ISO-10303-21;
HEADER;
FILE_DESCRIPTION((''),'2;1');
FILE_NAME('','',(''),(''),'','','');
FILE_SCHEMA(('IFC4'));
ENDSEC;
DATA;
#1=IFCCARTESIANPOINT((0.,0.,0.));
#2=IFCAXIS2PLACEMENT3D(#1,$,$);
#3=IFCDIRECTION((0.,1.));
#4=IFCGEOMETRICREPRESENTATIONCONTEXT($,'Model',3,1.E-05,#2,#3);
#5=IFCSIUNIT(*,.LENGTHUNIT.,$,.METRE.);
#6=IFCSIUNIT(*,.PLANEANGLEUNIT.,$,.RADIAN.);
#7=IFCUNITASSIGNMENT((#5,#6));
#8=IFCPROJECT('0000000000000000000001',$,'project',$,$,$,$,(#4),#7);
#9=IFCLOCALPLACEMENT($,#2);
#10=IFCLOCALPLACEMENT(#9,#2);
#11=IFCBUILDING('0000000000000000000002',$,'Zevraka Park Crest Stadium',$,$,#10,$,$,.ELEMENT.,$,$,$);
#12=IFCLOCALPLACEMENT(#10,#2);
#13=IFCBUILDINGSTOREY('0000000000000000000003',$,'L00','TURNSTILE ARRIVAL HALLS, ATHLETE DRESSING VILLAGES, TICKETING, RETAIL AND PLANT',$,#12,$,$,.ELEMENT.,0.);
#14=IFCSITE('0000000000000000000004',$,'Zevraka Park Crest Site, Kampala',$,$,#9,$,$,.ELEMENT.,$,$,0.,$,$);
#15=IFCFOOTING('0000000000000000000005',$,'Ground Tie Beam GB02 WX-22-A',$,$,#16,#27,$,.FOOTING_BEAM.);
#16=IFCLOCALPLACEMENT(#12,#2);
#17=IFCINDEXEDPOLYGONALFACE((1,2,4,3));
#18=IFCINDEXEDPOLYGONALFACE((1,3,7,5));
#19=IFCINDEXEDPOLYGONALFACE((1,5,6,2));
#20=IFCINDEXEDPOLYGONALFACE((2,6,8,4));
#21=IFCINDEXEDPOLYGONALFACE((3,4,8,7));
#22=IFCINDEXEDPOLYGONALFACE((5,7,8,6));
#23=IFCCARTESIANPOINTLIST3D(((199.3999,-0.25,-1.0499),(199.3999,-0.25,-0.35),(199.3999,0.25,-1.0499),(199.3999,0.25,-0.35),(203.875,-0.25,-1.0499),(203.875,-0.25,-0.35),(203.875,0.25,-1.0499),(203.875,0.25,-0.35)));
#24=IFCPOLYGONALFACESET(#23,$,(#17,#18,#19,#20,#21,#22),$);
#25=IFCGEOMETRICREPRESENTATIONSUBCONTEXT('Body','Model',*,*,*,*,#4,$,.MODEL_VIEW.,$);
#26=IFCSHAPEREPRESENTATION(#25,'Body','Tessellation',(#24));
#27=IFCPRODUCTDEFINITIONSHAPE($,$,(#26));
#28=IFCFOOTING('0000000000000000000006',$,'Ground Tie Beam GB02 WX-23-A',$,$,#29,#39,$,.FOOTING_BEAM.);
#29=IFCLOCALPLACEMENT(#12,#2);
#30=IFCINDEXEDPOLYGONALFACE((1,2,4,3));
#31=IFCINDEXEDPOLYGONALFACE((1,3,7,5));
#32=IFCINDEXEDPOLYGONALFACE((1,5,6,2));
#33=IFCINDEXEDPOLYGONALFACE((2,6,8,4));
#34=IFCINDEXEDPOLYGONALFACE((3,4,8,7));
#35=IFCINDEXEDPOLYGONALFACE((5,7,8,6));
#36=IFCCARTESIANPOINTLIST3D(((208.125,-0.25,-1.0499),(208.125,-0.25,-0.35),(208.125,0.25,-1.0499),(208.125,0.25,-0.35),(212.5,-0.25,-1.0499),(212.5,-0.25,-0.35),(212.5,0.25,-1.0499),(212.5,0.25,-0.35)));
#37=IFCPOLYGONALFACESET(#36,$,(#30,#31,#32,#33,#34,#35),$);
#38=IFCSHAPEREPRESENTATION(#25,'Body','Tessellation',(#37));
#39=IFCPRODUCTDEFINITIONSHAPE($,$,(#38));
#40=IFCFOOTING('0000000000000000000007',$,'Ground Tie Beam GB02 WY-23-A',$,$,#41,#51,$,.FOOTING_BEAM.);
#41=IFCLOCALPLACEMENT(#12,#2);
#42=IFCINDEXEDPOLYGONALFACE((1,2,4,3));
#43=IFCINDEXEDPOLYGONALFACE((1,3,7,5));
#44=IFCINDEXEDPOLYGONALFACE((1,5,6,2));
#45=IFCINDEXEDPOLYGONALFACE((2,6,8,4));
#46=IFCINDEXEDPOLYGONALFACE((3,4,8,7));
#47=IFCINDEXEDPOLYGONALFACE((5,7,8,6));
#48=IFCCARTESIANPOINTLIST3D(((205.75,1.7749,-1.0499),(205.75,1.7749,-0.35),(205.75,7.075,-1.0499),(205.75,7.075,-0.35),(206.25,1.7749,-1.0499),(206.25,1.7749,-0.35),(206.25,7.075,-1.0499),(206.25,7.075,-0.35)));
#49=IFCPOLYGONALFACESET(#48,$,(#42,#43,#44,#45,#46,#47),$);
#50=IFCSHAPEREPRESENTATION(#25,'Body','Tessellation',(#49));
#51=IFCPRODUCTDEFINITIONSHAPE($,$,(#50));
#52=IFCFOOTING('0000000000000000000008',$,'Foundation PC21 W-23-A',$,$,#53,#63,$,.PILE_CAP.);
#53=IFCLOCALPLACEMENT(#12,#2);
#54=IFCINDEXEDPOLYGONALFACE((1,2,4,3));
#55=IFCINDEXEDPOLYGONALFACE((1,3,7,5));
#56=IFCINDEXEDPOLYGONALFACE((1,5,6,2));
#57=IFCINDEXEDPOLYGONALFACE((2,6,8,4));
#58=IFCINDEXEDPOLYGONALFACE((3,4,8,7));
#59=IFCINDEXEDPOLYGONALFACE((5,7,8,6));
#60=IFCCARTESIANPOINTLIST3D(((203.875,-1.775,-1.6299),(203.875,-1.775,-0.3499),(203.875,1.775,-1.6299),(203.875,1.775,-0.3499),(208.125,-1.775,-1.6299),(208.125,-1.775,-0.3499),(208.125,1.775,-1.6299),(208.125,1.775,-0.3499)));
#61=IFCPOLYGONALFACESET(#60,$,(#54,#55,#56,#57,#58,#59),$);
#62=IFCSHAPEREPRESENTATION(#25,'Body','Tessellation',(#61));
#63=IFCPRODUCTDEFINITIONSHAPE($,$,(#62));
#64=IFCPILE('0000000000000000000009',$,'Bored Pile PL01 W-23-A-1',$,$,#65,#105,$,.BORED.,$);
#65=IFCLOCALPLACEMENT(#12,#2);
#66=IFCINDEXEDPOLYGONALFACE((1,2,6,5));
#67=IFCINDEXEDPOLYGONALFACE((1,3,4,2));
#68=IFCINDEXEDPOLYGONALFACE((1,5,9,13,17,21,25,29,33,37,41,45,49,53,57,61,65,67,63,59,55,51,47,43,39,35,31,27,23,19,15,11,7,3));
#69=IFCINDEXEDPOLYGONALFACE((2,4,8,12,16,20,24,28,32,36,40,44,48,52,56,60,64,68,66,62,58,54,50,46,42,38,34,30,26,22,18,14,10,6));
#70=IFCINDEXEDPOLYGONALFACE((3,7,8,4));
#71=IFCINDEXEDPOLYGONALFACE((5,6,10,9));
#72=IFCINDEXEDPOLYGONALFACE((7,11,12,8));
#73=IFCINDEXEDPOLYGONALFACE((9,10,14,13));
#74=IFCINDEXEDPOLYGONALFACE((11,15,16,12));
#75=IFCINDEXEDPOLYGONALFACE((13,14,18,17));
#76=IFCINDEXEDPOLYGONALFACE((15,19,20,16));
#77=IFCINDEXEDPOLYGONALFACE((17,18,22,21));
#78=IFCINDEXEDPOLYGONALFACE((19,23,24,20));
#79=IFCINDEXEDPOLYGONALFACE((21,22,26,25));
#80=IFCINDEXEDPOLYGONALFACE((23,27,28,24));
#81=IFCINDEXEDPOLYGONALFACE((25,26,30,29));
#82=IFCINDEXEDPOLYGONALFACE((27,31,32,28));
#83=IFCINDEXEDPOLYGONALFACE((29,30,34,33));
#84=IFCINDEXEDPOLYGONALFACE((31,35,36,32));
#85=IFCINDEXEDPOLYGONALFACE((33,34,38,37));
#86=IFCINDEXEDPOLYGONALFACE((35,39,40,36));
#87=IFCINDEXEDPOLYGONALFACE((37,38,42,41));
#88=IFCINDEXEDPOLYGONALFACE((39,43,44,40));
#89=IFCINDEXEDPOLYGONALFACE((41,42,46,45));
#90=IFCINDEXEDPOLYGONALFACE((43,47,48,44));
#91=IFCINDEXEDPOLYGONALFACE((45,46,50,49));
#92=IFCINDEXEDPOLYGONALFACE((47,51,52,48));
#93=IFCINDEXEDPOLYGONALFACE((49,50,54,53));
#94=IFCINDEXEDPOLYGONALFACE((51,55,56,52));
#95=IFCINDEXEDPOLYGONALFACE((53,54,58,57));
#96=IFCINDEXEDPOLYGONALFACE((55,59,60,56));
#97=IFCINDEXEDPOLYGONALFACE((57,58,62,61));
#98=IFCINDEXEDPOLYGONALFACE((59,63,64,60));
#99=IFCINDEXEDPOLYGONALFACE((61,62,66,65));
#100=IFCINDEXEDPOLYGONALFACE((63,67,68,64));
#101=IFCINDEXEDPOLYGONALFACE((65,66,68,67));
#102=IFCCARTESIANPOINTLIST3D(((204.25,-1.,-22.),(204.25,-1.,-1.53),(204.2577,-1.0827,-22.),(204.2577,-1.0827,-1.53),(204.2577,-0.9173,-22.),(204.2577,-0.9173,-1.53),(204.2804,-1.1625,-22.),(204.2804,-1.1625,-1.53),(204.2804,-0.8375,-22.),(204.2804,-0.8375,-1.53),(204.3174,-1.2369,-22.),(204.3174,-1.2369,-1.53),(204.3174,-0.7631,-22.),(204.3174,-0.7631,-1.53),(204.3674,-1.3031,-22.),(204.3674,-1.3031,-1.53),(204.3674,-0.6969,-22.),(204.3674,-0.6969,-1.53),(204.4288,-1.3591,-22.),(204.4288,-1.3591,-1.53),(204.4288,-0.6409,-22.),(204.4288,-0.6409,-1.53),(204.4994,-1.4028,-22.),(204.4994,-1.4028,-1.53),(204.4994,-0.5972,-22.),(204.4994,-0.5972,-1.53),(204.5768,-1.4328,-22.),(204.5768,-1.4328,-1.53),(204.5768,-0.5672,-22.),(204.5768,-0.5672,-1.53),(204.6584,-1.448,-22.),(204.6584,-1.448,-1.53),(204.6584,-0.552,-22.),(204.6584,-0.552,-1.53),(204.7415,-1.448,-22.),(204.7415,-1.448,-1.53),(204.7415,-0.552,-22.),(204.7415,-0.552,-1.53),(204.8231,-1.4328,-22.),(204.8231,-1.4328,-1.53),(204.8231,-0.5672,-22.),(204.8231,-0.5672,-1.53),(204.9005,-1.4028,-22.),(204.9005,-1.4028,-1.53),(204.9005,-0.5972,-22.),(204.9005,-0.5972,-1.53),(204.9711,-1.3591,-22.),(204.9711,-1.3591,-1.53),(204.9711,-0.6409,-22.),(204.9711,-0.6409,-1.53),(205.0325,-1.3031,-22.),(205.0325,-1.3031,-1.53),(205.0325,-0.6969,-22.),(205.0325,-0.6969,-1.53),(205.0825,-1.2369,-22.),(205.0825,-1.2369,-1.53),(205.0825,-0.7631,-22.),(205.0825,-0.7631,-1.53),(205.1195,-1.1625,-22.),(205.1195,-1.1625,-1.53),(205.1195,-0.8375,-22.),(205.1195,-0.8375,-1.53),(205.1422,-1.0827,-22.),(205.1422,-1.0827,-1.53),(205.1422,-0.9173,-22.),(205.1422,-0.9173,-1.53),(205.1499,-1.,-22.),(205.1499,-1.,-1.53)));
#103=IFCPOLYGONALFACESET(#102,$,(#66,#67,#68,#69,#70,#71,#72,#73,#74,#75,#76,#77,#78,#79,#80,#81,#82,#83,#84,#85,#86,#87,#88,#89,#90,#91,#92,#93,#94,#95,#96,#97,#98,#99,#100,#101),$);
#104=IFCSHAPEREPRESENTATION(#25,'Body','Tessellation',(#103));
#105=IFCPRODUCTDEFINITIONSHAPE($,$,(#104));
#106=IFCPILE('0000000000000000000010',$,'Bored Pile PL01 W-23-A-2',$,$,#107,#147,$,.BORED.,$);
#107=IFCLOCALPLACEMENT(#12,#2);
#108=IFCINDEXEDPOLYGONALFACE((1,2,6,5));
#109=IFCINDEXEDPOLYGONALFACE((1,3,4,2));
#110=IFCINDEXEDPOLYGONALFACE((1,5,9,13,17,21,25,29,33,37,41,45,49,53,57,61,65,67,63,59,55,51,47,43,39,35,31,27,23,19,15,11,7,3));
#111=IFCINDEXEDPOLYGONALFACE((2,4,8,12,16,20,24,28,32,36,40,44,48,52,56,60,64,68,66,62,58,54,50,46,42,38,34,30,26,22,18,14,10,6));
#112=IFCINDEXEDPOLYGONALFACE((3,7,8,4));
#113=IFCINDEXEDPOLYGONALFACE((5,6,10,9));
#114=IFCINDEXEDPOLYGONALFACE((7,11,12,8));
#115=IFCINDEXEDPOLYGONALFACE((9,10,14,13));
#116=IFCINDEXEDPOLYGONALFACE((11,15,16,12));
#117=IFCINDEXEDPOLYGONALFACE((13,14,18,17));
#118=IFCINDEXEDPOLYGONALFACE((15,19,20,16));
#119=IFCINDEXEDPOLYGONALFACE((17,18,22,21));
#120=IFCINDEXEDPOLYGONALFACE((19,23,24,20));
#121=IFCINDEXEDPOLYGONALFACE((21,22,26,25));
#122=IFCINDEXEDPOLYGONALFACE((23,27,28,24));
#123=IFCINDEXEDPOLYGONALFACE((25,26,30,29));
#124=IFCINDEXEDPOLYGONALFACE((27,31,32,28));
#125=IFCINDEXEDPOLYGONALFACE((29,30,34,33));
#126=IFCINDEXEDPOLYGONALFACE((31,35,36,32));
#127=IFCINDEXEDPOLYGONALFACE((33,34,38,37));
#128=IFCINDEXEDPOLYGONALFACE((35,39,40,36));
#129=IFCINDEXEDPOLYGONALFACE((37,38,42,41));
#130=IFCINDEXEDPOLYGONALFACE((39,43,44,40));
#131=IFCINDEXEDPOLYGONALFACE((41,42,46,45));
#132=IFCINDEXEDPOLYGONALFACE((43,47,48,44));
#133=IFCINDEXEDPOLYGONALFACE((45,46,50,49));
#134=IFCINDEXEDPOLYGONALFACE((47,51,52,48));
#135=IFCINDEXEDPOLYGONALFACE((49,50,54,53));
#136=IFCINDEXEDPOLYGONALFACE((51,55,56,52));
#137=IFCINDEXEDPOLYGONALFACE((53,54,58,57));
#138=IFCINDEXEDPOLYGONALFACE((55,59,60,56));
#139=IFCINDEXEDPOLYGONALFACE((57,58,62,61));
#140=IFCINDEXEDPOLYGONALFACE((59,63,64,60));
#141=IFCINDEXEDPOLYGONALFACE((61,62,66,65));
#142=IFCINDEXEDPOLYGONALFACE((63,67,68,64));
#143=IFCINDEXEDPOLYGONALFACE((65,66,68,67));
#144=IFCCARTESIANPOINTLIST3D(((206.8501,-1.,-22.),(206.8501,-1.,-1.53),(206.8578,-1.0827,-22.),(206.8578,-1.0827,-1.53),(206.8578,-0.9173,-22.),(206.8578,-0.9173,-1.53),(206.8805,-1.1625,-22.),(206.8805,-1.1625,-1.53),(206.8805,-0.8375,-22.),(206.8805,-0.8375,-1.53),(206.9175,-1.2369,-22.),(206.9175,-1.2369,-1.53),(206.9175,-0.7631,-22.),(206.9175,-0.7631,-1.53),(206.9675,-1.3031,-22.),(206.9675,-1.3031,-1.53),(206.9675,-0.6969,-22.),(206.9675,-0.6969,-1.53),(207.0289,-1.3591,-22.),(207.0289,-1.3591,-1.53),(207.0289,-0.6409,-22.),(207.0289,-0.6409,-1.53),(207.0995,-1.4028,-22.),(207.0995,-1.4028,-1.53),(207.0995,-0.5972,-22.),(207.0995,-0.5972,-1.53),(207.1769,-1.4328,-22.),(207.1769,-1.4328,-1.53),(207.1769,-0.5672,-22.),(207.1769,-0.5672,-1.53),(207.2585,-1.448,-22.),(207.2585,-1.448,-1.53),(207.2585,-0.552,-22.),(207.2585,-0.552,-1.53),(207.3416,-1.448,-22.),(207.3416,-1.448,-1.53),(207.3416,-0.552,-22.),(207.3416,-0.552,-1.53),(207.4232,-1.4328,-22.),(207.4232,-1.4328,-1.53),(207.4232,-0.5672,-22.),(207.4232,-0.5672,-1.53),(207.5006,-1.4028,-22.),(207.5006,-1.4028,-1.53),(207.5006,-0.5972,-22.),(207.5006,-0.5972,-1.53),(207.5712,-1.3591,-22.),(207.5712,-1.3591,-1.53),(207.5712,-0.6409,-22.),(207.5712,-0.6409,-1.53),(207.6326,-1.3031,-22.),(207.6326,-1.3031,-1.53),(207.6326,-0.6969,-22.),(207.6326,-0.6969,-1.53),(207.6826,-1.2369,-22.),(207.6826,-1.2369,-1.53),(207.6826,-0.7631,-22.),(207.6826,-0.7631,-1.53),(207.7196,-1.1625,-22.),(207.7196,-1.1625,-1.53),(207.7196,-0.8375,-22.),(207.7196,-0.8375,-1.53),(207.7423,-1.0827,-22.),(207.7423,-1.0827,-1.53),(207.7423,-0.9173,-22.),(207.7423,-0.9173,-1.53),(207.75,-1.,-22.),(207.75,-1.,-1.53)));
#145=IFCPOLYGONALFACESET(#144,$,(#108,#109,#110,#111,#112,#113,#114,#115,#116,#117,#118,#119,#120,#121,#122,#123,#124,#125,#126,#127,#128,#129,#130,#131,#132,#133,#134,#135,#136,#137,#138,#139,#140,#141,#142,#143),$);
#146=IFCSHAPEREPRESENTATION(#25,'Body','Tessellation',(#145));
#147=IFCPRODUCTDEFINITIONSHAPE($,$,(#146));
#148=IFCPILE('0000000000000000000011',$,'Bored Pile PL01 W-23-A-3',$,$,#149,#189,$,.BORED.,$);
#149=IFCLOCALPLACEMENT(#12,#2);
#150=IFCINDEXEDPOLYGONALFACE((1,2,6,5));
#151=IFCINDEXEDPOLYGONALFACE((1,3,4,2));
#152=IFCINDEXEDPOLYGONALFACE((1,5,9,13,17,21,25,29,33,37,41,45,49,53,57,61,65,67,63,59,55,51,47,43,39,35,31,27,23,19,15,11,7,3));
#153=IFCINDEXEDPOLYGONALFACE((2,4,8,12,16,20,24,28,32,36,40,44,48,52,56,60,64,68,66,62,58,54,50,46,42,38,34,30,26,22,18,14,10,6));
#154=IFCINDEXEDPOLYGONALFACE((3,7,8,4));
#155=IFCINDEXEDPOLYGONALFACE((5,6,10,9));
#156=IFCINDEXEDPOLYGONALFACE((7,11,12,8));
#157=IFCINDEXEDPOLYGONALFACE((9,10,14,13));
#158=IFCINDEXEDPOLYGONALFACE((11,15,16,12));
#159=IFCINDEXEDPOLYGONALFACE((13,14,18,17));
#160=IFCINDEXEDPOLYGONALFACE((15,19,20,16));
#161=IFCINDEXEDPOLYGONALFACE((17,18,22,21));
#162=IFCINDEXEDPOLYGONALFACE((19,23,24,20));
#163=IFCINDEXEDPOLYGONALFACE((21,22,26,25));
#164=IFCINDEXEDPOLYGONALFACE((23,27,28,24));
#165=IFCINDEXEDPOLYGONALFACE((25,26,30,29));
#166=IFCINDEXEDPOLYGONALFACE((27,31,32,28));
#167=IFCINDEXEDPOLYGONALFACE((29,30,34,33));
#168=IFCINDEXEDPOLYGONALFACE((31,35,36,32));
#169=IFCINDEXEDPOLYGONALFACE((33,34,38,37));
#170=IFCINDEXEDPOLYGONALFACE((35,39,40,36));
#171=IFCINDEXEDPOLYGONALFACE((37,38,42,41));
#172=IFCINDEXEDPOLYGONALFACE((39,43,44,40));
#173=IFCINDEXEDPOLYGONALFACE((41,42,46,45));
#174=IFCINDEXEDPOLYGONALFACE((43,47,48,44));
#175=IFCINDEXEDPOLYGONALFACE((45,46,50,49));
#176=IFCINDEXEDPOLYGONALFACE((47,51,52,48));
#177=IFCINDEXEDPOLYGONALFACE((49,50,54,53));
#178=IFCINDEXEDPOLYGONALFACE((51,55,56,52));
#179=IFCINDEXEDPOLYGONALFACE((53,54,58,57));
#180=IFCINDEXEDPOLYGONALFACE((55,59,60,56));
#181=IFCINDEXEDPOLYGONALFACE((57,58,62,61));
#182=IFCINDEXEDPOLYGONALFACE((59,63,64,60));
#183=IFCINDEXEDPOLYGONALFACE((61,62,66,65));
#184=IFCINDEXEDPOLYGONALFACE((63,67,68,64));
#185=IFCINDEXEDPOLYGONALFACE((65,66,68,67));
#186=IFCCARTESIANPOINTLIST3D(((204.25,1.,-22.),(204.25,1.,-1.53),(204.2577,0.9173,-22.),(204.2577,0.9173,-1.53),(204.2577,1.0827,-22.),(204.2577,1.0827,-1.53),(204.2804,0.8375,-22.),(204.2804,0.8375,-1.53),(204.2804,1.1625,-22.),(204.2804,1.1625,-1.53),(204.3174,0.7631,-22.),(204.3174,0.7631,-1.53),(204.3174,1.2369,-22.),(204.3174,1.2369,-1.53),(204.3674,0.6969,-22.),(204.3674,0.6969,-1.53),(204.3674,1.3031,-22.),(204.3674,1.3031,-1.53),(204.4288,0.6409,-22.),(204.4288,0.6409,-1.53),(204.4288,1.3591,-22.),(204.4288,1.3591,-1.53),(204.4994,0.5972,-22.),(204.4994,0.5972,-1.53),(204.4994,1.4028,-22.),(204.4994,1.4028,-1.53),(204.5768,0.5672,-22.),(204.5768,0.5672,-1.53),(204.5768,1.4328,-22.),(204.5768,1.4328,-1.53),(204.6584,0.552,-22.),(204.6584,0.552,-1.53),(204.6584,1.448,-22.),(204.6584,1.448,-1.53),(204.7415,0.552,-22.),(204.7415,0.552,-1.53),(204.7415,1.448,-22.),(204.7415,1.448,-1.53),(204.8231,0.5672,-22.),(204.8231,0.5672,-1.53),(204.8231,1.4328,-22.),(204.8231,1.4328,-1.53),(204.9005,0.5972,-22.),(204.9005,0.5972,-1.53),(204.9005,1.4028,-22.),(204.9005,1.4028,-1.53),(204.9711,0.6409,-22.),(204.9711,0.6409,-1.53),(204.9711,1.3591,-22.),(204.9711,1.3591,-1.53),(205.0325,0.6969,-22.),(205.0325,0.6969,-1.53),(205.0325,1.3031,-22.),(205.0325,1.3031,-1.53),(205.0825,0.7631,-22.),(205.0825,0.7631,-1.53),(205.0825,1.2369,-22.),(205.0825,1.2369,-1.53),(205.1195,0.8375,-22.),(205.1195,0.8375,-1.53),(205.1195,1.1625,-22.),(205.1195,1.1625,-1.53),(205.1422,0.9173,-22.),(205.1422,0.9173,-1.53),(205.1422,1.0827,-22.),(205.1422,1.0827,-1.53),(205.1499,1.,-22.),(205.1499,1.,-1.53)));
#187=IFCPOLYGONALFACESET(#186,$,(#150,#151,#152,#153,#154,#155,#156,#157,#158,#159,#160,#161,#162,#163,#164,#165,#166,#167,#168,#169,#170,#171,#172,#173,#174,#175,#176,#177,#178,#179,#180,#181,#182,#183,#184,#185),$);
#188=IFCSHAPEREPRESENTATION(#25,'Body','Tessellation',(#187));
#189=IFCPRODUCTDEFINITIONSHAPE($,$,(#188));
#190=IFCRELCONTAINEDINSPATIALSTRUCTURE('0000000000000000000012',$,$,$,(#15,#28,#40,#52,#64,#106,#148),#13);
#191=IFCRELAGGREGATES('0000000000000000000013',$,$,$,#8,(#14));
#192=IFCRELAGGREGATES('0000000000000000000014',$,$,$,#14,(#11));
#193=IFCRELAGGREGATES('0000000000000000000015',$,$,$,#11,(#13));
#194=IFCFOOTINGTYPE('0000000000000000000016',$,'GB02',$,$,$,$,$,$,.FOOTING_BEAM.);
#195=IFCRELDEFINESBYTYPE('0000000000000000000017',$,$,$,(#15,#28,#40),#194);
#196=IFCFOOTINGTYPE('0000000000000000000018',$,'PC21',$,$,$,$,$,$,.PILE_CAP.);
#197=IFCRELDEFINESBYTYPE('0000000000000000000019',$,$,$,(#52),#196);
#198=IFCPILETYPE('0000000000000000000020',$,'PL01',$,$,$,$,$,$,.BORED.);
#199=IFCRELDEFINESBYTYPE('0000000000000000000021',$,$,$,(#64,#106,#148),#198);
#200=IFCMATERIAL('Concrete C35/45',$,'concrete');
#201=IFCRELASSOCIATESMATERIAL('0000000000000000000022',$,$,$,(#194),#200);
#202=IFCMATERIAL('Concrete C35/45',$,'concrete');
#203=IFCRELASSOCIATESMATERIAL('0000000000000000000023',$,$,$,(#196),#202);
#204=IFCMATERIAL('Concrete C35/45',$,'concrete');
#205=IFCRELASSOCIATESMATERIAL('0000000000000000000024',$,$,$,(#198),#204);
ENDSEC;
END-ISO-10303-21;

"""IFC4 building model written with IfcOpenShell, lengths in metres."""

from ifc_helpers import new_model, si_unit, direction, frame, origin, origin_2d, place, context, subcontext, project, spatial, rectangle, circle, extrude, material, material_profile, profile_set, type_object, element, save


model = new_model("IFC4")

# Units and contexts
model_context = context("Model", 3, precision=1e-05, world=origin(), true_north=direction((0.0, 1.0)))
body_context = subcontext(model_context, "Body", "Model", "MODEL_VIEW")
ifc_project = project(units=[si_unit("LENGTHUNIT", "METRE"), si_unit("PLANEANGLEUNIT", "RADIAN")], contexts=[model_context])

# Site, building, storey
site_placement = place(None, origin())
site = spatial("IfcSite", under=ifc_project, at=site_placement, Name="Zevraka Park Crest Site, Kampala", CompositionType="ELEMENT", RefElevation=0.0)
building_placement = place(site_placement, origin())
building = spatial("IfcBuilding", under=site, at=building_placement, Name="Zevraka Park Crest Stadium", CompositionType="ELEMENT")
storey_placement = place(building_placement, origin())
storey = spatial("IfcBuildingStorey", under=building, at=storey_placement, Name="L00", Description="TURNSTILE ARRIVAL HALLS, ATHLETE DRESSING VILLAGES, TICKETING, RETAIL AND PLANT", CompositionType="ELEMENT", Elevation=0.0)

# Footings
ifc_material_1 = material(Name="Concrete C35/45", Category="concrete")
ifc_material_profile_1 = material_profile(ifc_material_1, rectangle(XDim=0.5, YDim=0.7, at=origin_2d()), Name="GB 700x500")
ifc_profile_set_1 = profile_set([ifc_material_profile_1], Name="Concrete C35/45")
footing_type_1 = type_object("IfcFootingType", Name="GB02", PredefinedType="FOOTING_BEAM", material=ifc_profile_set_1)
footing_1_placement = place(storey_placement, frame((199.3999, 0.0, -0.7), z_axis=(1.0, 0.0, 0.0), x_axis=(0.0, 1.0, 0.0)))
element("IfcFooting", 1, at=footing_1_placement, inside=storey, type_object=footing_type_1, Name="Ground Tie Beam GB02 WX-22-A", PredefinedType="FOOTING_BEAM", context=body_context, shape_type="SweptSolid", body=[
    extrude(rectangle(XDim=0.5, YDim=0.7, at=origin_2d()), origin(), (0.0, 0.0, 1.0), 4.4751),
])
footing_2_placement = place(storey_placement, frame((208.125, 0.0, -0.7), z_axis=(1.0, 0.0, 0.0), x_axis=(0.0, 1.0, 0.0)))
element("IfcFooting", 2, at=footing_2_placement, inside=storey, type_object=footing_type_1, Name="Ground Tie Beam GB02 WX-23-A", PredefinedType="FOOTING_BEAM", context=body_context, shape_type="SweptSolid", body=[
    extrude(rectangle(XDim=0.5, YDim=0.7, at=origin_2d()), origin(), (0.0, 0.0, 1.0), 4.375),
])
footing_3_placement = place(storey_placement, frame((206.0, 1.7749, -0.7), z_axis=(0.0, 1.0, 0.0), x_axis=(-1.0, 0.0, 0.0)))
element("IfcFooting", 3, at=footing_3_placement, inside=storey, type_object=footing_type_1, Name="Ground Tie Beam GB02 WY-23-A", PredefinedType="FOOTING_BEAM", context=body_context, shape_type="SweptSolid", body=[
    extrude(rectangle(XDim=0.5, YDim=0.7, at=origin_2d()), origin(), (0.0, 0.0, 1.0), 5.3),
])
ifc_material_2 = material(Name="Concrete C35/45", Category="concrete")
footing_type_2 = type_object("IfcFootingType", Name="PC21", PredefinedType="PILE_CAP", material=ifc_material_2)
footing_4_placement = place(storey_placement, frame((206.0, 0.0, -1.6299), z_axis=(0.0, 0.0, 1.0), x_axis=(1.0, 0.0, 0.0)))
element("IfcFooting", 4, at=footing_4_placement, inside=storey, type_object=footing_type_2, Name="Foundation PC21 W-23-A", PredefinedType="PILE_CAP", context=body_context, shape_type="SweptSolid", body=[
    extrude(rectangle(XDim=4.25, YDim=3.55, at=origin_2d()), origin(), (0.0, 0.0, 1.0), 1.28),
])

# Piles
ifc_material_3 = material(Name="Concrete C35/45", Category="concrete")
ifc_material_profile_2 = material_profile(ifc_material_3, circle(Radius=0.45, at=origin_2d()), Name="PILE D900")
ifc_profile_set_2 = profile_set([ifc_material_profile_2], Name="Concrete C35/45")
pile_type = type_object("IfcPileType", Name="PL01", PredefinedType="BORED", material=ifc_profile_set_2)
for number, where, z_axis, x_axis, name in (
    (5, (204.7, -1.0, -1.53), (0.0, 0.0, -1.0), (1.0, 0.0, 0.0), "Bored Pile PL01 W-23-A-1"),
    (6, (207.3, -1.0, -1.53), (0.0, 0.0, -1.0), (1.0, 0.0, 0.0), "Bored Pile PL01 W-23-A-2"),
    (7, (204.7, 1.0, -1.53), (0.0, 0.0, -1.0), (1.0, 0.0, 0.0), "Bored Pile PL01 W-23-A-3"),
):
    element("IfcPile", number, at=place(storey_placement, frame(where, z_axis=z_axis, x_axis=x_axis)), inside=storey, type_object=pile_type, Name=name, PredefinedType="BORED", context=body_context, shape_type="SweptSolid", body=[
        extrude(circle(Radius=0.45, at=origin_2d()), origin(), (0.0, 0.0, 1.0), 20.47),
    ])

save(model, "model.ifc")
